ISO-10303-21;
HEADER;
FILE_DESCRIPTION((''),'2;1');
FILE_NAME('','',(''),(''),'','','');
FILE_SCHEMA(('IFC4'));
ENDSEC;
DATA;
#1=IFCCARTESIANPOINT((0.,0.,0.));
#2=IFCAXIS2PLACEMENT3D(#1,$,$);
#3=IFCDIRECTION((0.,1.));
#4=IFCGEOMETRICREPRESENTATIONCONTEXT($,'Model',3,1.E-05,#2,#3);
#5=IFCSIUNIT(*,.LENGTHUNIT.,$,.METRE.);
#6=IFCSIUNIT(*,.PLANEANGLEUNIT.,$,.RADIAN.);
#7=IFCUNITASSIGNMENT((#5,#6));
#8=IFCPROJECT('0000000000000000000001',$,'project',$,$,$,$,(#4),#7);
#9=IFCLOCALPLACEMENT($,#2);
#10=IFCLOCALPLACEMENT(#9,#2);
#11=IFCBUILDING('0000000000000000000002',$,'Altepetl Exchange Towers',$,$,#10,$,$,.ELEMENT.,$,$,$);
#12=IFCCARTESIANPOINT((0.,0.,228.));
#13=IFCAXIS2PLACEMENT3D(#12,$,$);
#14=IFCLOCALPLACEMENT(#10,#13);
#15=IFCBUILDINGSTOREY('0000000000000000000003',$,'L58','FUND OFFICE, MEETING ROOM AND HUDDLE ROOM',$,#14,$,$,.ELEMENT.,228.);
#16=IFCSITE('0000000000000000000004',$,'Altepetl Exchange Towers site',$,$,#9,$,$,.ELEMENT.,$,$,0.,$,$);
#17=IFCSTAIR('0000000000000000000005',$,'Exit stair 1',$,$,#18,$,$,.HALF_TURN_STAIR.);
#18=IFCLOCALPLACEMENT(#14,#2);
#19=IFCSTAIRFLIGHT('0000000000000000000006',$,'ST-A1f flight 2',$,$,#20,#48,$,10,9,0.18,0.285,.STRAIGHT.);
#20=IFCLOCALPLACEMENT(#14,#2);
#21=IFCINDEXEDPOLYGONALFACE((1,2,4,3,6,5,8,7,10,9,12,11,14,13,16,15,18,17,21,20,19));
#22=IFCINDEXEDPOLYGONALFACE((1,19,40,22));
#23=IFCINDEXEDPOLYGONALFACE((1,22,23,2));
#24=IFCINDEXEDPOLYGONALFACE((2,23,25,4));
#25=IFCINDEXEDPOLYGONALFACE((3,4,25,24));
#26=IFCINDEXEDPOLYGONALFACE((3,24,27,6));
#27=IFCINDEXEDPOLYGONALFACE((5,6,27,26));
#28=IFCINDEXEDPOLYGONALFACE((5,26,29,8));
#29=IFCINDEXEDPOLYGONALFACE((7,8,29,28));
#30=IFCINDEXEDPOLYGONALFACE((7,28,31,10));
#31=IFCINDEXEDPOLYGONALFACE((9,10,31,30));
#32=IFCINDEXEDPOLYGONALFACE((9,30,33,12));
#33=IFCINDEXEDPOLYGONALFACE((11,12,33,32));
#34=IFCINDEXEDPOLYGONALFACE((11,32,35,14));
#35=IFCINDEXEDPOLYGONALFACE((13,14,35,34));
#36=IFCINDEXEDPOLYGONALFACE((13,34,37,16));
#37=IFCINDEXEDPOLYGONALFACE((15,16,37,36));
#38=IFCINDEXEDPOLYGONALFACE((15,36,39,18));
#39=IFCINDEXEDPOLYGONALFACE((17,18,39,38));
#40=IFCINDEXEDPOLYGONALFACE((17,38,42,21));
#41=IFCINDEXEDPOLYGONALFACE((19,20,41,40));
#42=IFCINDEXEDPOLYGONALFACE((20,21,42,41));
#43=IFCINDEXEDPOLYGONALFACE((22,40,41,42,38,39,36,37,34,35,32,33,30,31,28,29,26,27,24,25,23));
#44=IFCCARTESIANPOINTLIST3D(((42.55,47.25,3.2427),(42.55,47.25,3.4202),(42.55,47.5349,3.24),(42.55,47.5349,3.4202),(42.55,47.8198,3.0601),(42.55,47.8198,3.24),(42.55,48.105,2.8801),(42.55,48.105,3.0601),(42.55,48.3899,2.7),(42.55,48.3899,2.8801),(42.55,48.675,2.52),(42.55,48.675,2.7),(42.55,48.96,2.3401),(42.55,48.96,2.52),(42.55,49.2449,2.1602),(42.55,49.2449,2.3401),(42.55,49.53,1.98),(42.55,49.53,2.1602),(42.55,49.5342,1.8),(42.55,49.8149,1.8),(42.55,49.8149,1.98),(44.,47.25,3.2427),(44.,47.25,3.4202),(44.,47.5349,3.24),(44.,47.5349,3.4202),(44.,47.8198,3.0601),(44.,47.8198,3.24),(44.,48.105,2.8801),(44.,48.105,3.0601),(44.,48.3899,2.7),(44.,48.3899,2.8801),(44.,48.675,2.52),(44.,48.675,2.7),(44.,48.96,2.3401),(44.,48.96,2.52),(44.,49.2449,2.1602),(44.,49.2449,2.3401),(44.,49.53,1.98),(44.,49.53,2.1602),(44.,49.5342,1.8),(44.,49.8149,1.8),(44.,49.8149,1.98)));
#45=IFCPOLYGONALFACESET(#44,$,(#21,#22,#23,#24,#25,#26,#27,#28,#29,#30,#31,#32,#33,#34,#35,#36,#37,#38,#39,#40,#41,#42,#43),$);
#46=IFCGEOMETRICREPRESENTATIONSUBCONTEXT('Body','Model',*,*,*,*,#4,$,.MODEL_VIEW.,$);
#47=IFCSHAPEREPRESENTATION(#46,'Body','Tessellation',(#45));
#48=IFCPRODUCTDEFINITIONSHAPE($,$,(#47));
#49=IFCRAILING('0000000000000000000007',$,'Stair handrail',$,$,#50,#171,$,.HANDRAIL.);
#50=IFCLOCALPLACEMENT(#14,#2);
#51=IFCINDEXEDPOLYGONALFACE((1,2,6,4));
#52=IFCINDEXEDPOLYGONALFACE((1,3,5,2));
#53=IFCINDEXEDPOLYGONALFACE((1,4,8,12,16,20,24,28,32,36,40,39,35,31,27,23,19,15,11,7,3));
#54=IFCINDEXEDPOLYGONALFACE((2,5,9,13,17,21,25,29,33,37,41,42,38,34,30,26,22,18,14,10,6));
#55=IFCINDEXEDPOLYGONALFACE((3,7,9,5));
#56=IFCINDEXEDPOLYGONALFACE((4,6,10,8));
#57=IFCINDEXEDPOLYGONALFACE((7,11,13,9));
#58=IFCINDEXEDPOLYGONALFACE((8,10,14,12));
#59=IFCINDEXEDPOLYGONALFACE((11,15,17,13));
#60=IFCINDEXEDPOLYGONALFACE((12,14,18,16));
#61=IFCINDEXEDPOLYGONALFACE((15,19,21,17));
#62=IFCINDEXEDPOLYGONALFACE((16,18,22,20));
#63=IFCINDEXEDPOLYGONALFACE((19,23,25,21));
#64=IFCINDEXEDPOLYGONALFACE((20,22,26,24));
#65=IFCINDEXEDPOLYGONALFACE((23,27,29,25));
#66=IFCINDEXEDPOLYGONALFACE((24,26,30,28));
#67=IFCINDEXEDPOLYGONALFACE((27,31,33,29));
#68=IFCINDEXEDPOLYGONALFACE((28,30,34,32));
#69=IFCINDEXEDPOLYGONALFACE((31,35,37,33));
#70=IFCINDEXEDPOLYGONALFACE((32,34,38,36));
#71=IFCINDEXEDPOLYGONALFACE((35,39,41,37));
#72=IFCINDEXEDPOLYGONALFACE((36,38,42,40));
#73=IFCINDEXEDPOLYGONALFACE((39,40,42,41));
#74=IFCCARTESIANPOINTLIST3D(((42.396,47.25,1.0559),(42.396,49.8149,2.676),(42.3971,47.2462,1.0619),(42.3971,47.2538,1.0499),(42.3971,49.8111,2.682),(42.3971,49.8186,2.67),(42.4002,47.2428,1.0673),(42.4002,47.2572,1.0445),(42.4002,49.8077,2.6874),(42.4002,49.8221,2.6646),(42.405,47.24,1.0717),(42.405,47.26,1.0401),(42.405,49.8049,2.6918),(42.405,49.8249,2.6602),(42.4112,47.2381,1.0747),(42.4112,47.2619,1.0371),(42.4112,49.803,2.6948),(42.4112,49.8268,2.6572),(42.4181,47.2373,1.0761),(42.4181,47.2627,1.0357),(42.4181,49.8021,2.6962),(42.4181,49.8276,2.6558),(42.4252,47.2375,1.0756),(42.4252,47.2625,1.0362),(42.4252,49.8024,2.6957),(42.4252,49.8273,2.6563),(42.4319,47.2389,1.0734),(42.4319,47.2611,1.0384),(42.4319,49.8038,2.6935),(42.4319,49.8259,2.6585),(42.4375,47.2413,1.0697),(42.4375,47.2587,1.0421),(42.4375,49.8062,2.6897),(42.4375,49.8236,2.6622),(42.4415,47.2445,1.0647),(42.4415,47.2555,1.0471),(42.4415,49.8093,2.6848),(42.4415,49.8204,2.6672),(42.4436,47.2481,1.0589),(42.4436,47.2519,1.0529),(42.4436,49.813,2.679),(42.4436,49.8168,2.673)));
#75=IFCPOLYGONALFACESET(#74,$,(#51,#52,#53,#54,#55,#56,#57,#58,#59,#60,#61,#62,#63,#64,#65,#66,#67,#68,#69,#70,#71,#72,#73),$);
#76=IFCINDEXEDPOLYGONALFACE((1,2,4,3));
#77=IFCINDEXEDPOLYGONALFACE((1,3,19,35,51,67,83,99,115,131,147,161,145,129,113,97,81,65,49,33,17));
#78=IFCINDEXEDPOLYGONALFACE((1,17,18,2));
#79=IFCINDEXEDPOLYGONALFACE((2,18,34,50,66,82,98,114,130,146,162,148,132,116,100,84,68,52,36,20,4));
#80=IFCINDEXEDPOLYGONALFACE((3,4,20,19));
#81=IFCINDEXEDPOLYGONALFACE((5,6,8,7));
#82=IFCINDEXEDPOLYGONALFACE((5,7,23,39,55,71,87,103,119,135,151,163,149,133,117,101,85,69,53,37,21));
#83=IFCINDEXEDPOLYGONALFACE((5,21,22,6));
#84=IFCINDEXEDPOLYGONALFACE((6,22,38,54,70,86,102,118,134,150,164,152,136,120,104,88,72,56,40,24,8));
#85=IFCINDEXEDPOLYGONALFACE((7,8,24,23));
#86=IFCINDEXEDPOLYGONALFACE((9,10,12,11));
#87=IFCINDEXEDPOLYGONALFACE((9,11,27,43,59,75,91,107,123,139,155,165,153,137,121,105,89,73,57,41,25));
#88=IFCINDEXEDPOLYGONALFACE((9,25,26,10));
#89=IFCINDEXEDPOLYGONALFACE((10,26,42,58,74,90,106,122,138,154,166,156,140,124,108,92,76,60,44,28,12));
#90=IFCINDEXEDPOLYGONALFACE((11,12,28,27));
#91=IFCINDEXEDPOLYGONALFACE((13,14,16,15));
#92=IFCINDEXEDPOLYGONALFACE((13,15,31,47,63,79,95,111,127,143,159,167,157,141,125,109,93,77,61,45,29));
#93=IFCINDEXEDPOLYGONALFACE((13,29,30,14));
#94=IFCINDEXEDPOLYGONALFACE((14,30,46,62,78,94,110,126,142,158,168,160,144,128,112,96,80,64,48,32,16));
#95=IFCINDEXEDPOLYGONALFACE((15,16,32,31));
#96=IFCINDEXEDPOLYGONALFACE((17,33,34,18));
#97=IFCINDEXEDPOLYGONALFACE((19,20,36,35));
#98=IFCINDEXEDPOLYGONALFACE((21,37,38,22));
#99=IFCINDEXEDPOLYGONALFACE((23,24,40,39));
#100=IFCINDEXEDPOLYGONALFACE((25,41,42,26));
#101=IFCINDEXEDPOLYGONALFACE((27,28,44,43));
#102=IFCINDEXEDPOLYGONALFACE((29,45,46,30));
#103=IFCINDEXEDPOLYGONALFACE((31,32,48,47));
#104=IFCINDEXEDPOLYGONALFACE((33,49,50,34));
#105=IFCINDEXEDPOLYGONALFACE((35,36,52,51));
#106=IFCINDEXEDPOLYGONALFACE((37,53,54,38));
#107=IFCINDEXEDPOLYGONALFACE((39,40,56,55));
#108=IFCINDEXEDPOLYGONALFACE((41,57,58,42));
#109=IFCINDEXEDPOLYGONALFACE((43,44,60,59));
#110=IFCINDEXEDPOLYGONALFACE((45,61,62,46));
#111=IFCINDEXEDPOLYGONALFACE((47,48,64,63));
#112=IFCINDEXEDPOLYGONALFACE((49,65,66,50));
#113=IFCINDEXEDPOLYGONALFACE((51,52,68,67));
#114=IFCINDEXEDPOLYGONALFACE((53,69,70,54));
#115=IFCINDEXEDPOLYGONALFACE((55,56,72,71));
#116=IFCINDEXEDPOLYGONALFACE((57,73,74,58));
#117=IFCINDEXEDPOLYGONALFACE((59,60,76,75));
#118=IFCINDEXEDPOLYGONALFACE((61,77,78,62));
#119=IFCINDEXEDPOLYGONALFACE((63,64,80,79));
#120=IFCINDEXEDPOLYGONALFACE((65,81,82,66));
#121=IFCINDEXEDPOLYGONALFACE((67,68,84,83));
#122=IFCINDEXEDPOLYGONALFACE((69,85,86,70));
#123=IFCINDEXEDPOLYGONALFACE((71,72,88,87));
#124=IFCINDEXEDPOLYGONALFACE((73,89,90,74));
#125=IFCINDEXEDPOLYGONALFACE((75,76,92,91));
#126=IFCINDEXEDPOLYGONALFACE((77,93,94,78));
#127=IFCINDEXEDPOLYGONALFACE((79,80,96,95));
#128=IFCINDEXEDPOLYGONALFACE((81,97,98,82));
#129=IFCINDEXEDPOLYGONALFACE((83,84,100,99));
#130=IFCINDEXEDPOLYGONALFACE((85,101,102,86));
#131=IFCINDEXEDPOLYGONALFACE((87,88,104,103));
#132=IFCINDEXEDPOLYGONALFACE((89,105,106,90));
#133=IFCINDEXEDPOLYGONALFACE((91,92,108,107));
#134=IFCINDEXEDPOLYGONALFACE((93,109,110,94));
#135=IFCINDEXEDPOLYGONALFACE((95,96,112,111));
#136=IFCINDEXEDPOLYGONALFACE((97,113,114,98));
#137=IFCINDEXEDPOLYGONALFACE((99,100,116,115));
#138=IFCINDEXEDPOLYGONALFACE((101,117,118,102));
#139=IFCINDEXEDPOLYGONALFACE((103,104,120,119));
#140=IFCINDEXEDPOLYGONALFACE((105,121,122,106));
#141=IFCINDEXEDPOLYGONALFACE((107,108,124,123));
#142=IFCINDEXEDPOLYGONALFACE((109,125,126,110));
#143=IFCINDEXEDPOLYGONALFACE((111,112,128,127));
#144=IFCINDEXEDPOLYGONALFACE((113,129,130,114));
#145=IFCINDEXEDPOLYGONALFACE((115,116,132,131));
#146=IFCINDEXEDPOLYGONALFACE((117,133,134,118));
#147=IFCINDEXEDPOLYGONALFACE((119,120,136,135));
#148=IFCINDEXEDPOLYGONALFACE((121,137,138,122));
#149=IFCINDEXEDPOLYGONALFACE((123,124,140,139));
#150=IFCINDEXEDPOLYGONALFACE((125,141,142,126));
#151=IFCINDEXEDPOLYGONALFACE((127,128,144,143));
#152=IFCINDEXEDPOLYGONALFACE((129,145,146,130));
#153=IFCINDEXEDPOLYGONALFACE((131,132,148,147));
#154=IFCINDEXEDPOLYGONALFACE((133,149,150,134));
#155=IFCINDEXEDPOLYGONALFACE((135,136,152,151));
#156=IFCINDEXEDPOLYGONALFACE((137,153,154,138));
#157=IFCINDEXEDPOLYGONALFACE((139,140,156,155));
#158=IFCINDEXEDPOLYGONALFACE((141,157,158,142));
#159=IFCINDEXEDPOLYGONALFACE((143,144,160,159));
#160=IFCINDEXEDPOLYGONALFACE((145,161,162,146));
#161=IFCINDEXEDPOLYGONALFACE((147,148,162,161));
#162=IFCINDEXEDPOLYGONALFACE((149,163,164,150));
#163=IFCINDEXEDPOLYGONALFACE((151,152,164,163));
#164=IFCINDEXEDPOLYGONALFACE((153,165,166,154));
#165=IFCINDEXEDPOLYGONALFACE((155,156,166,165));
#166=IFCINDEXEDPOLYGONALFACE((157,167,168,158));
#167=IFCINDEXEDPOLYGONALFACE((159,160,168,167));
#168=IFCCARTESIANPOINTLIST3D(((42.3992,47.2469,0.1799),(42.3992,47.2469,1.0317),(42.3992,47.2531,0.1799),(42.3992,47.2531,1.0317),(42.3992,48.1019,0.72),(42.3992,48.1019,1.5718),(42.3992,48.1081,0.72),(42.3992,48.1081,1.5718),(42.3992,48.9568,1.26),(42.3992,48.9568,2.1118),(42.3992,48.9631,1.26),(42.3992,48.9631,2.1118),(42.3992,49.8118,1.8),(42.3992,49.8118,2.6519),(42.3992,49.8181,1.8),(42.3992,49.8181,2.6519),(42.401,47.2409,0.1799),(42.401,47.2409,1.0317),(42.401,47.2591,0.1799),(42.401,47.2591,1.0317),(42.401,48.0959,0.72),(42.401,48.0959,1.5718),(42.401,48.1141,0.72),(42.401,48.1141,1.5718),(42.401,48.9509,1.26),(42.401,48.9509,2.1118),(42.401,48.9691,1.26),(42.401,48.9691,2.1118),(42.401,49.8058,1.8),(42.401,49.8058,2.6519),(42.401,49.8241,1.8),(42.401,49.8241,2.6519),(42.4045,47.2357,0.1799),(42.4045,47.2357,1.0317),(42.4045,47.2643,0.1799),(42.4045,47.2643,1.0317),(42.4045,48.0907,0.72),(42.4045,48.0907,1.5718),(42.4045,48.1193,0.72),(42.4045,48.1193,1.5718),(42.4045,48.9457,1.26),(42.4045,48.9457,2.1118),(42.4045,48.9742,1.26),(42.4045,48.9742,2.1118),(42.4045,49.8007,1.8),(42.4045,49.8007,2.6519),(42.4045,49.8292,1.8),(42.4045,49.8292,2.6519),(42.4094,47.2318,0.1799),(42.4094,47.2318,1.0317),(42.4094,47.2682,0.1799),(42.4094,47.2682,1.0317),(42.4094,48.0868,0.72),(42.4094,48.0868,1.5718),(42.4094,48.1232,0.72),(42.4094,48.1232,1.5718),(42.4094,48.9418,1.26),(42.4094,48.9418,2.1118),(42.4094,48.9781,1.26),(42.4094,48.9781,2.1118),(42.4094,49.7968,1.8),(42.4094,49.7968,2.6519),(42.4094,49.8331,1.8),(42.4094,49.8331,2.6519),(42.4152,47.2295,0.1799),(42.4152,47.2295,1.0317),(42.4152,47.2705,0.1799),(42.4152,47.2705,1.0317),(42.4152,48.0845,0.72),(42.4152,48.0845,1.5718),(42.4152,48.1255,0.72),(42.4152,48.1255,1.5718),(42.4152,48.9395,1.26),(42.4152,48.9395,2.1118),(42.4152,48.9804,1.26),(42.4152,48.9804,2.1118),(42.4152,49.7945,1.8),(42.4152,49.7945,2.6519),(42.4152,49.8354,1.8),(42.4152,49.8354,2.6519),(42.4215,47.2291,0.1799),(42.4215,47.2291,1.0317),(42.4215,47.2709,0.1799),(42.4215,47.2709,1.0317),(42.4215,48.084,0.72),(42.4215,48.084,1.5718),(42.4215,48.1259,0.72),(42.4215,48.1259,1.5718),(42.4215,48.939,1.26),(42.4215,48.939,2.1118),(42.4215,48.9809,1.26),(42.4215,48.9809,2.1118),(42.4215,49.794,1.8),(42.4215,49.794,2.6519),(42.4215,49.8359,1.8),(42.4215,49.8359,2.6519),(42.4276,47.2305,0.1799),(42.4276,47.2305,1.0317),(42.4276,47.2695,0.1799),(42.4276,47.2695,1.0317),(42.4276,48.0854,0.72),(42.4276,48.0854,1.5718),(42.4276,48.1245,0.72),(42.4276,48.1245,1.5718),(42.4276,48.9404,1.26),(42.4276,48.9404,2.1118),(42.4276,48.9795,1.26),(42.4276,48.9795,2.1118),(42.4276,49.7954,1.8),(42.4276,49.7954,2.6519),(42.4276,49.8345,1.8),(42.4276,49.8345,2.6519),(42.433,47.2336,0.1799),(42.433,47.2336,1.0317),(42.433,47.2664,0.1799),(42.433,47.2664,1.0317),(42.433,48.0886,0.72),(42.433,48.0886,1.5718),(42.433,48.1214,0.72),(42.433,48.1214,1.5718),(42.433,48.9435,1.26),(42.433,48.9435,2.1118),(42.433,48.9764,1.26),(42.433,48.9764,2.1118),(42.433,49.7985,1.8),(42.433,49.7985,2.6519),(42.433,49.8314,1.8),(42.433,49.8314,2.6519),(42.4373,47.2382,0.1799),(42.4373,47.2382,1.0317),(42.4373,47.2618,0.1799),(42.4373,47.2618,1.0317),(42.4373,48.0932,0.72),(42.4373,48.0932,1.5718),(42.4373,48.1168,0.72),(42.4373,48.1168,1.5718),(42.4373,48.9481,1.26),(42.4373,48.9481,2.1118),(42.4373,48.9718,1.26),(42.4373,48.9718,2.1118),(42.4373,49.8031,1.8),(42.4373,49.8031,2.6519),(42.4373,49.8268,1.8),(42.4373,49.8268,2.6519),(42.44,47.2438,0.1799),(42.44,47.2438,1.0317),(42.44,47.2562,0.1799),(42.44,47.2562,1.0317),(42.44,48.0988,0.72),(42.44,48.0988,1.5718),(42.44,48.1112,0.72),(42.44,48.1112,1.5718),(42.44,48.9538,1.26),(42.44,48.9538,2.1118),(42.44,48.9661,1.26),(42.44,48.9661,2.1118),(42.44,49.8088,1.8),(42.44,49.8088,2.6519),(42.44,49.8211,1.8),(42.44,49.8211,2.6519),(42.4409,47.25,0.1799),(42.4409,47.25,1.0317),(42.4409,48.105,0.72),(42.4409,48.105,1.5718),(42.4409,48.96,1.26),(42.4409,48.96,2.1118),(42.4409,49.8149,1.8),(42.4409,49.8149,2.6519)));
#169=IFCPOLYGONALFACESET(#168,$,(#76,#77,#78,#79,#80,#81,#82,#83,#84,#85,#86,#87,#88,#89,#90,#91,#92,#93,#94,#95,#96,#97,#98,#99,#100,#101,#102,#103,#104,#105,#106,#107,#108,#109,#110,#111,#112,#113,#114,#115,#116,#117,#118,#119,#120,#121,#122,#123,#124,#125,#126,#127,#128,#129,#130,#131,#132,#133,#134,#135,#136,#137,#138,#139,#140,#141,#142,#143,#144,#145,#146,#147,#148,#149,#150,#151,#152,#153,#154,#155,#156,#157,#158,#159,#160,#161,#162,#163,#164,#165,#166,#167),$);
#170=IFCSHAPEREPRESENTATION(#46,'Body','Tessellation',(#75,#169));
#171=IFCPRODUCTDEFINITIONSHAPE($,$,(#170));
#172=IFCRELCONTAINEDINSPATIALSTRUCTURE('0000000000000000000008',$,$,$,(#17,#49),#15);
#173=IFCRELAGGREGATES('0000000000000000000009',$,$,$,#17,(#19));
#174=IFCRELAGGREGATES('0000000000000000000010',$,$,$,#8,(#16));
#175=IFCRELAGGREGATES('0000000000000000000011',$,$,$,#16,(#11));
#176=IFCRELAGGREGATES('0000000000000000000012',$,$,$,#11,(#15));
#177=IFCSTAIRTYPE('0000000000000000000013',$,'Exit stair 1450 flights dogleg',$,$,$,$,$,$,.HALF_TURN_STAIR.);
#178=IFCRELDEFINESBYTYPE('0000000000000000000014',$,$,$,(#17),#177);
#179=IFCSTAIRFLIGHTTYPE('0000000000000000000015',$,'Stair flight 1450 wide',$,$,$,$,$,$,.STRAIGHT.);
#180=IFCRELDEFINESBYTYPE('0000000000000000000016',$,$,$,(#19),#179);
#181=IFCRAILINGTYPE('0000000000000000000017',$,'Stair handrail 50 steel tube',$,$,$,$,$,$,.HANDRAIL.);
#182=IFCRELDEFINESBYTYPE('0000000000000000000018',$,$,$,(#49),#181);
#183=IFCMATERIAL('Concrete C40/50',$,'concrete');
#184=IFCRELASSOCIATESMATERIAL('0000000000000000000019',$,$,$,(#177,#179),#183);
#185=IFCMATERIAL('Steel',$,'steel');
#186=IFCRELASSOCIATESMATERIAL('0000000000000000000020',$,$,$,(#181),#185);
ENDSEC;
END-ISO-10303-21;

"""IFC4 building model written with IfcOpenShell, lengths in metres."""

from ifc_helpers import new_model, si_unit, direction, frame, origin, origin_2d, place, context, subcontext, project, spatial, polyline, circle, outline, extrude, source, transform, mapped, material, type_object, element, aggregate, save


model = new_model("IFC4")

# Units and contexts
model_context = context("Model", 3, precision=1e-05, world=origin(), true_north=direction((0.0, 1.0)))
body_context = subcontext(model_context, "Body", "Model", "MODEL_VIEW")
ifc_project = project(units=[si_unit("LENGTHUNIT", "METRE"), si_unit("PLANEANGLEUNIT", "RADIAN")], contexts=[model_context])

# Site, building, storey
site_placement = place(None, origin())
site = spatial("IfcSite", under=ifc_project, at=site_placement, Name="Altepetl Exchange Towers site", CompositionType="ELEMENT", RefElevation=0.0)
building_placement = place(site_placement, origin())
building = spatial("IfcBuilding", under=site, at=building_placement, Name="Altepetl Exchange Towers", CompositionType="ELEMENT")
storey_placement = place(building_placement, frame((0.0, 0.0, 228.0)))
storey = spatial("IfcBuildingStorey", under=building, at=storey_placement, Name="L58", Description="FUND OFFICE, MEETING ROOM AND HUDDLE ROOM", CompositionType="ELEMENT", Elevation=228.0)

# Shared definitions
ifc_material_1 = material(Name="Concrete C40/50", Category="concrete")

# Stair, stair flight
stair_type = type_object("IfcStairType", Name="Exit stair 1450 flights dogleg", PredefinedType="HALF_TURN_STAIR", material=ifc_material_1)
stair_placement = place(storey_placement, origin())
stair = element("IfcStair", 1, at=stair_placement, inside=storey, type_object=stair_type, Name="Exit stair 1", PredefinedType="HALF_TURN_STAIR")
stair_flight_type = type_object("IfcStairFlightType", Name="Stair flight 1450 wide", PredefinedType="STRAIGHT", material=ifc_material_1)
stair_flight_1_placement = place(storey_placement, frame((43.2749, 49.8149, 1.8), z_axis=(0.0, 0.0, 1.0), x_axis=(0.0, -1.0, 0.0)))
stair_flight_1 = element("IfcStairFlight", 2, at=stair_flight_1_placement, type_object=stair_flight_type, Name="ST-A1f flight 2", NumberOfRisers=10, NumberOfTreads=9, PredefinedType="STRAIGHT", RiserHeight=0.18, TreadLength=0.285, context=body_context, shape_type="SweptSolid", body=[
    extrude(outline(polyline([(0.0, 0.0), (0.0, 0.1799), (0.2849, 0.1799), (0.2849, 0.3601), (0.5701, 0.3601), (0.5701, 0.54), (0.855, 0.54), (0.855, 0.72), (1.1399, 0.72), (1.1399, 0.8999), (1.425, 0.8999), (1.425, 1.0801), (1.71, 1.0801), (1.71, 1.26), (1.9951, 1.26), (1.9951, 1.4399), (2.28, 1.4399), (2.28, 1.6201), (2.5649, 1.6201), (2.5649, 1.8), (2.5649, 1.4426), (0.2808, 0.0), (0.0, 0.0)])), frame((0.0, 0.7251, 0.0), z_axis=(0.0, -1.0, 0.0), x_axis=(1.0, 0.0, 0.0)), (0.0, 0.0, 1.0), 1.45),
])
aggregate(stair, [stair_flight_1])

# Railing
ifc_material_2 = material(Name="Steel", Category="steel")
railing_type = type_object("IfcRailingType", Name="Stair handrail 50 steel tube", PredefinedType="HANDRAIL", material=ifc_material_2)
shared_shape = source(origin(), body_context, "Body", "SweptSolid", [
    extrude(circle(Radius=0.021, at=origin_2d()), origin(), (0.0, 0.0, 1.0), 0.8518),
])
railing_1_placement = place(storey_placement, frame((42.4199, 47.25, 0.1799)))
element("IfcRailing", 3, at=railing_1_placement, inside=storey, type_object=railing_type, Name="Stair handrail", PredefinedType="HANDRAIL", context=body_context, shape_type="SweptSolid", body=[
    extrude(circle(Radius=0.0239, at=origin_2d()), frame((0.0, 0.0, 0.876), z_axis=(0.0, 0.845466, 0.534029), x_axis=(-1.0, 0.0, 0.0)), (0.0, 0.0, 1.0), 3.0337),
    mapped(shared_shape, transform((0.0, 0.0, 0.0))),
    mapped(shared_shape, transform((0.0, 0.855, 0.54))),
    mapped(shared_shape, transform((0.0, 1.71, 1.0801))),
    mapped(shared_shape, transform((0.0, 2.5649, 1.6201))),
])

save(model, "model.ifc")
